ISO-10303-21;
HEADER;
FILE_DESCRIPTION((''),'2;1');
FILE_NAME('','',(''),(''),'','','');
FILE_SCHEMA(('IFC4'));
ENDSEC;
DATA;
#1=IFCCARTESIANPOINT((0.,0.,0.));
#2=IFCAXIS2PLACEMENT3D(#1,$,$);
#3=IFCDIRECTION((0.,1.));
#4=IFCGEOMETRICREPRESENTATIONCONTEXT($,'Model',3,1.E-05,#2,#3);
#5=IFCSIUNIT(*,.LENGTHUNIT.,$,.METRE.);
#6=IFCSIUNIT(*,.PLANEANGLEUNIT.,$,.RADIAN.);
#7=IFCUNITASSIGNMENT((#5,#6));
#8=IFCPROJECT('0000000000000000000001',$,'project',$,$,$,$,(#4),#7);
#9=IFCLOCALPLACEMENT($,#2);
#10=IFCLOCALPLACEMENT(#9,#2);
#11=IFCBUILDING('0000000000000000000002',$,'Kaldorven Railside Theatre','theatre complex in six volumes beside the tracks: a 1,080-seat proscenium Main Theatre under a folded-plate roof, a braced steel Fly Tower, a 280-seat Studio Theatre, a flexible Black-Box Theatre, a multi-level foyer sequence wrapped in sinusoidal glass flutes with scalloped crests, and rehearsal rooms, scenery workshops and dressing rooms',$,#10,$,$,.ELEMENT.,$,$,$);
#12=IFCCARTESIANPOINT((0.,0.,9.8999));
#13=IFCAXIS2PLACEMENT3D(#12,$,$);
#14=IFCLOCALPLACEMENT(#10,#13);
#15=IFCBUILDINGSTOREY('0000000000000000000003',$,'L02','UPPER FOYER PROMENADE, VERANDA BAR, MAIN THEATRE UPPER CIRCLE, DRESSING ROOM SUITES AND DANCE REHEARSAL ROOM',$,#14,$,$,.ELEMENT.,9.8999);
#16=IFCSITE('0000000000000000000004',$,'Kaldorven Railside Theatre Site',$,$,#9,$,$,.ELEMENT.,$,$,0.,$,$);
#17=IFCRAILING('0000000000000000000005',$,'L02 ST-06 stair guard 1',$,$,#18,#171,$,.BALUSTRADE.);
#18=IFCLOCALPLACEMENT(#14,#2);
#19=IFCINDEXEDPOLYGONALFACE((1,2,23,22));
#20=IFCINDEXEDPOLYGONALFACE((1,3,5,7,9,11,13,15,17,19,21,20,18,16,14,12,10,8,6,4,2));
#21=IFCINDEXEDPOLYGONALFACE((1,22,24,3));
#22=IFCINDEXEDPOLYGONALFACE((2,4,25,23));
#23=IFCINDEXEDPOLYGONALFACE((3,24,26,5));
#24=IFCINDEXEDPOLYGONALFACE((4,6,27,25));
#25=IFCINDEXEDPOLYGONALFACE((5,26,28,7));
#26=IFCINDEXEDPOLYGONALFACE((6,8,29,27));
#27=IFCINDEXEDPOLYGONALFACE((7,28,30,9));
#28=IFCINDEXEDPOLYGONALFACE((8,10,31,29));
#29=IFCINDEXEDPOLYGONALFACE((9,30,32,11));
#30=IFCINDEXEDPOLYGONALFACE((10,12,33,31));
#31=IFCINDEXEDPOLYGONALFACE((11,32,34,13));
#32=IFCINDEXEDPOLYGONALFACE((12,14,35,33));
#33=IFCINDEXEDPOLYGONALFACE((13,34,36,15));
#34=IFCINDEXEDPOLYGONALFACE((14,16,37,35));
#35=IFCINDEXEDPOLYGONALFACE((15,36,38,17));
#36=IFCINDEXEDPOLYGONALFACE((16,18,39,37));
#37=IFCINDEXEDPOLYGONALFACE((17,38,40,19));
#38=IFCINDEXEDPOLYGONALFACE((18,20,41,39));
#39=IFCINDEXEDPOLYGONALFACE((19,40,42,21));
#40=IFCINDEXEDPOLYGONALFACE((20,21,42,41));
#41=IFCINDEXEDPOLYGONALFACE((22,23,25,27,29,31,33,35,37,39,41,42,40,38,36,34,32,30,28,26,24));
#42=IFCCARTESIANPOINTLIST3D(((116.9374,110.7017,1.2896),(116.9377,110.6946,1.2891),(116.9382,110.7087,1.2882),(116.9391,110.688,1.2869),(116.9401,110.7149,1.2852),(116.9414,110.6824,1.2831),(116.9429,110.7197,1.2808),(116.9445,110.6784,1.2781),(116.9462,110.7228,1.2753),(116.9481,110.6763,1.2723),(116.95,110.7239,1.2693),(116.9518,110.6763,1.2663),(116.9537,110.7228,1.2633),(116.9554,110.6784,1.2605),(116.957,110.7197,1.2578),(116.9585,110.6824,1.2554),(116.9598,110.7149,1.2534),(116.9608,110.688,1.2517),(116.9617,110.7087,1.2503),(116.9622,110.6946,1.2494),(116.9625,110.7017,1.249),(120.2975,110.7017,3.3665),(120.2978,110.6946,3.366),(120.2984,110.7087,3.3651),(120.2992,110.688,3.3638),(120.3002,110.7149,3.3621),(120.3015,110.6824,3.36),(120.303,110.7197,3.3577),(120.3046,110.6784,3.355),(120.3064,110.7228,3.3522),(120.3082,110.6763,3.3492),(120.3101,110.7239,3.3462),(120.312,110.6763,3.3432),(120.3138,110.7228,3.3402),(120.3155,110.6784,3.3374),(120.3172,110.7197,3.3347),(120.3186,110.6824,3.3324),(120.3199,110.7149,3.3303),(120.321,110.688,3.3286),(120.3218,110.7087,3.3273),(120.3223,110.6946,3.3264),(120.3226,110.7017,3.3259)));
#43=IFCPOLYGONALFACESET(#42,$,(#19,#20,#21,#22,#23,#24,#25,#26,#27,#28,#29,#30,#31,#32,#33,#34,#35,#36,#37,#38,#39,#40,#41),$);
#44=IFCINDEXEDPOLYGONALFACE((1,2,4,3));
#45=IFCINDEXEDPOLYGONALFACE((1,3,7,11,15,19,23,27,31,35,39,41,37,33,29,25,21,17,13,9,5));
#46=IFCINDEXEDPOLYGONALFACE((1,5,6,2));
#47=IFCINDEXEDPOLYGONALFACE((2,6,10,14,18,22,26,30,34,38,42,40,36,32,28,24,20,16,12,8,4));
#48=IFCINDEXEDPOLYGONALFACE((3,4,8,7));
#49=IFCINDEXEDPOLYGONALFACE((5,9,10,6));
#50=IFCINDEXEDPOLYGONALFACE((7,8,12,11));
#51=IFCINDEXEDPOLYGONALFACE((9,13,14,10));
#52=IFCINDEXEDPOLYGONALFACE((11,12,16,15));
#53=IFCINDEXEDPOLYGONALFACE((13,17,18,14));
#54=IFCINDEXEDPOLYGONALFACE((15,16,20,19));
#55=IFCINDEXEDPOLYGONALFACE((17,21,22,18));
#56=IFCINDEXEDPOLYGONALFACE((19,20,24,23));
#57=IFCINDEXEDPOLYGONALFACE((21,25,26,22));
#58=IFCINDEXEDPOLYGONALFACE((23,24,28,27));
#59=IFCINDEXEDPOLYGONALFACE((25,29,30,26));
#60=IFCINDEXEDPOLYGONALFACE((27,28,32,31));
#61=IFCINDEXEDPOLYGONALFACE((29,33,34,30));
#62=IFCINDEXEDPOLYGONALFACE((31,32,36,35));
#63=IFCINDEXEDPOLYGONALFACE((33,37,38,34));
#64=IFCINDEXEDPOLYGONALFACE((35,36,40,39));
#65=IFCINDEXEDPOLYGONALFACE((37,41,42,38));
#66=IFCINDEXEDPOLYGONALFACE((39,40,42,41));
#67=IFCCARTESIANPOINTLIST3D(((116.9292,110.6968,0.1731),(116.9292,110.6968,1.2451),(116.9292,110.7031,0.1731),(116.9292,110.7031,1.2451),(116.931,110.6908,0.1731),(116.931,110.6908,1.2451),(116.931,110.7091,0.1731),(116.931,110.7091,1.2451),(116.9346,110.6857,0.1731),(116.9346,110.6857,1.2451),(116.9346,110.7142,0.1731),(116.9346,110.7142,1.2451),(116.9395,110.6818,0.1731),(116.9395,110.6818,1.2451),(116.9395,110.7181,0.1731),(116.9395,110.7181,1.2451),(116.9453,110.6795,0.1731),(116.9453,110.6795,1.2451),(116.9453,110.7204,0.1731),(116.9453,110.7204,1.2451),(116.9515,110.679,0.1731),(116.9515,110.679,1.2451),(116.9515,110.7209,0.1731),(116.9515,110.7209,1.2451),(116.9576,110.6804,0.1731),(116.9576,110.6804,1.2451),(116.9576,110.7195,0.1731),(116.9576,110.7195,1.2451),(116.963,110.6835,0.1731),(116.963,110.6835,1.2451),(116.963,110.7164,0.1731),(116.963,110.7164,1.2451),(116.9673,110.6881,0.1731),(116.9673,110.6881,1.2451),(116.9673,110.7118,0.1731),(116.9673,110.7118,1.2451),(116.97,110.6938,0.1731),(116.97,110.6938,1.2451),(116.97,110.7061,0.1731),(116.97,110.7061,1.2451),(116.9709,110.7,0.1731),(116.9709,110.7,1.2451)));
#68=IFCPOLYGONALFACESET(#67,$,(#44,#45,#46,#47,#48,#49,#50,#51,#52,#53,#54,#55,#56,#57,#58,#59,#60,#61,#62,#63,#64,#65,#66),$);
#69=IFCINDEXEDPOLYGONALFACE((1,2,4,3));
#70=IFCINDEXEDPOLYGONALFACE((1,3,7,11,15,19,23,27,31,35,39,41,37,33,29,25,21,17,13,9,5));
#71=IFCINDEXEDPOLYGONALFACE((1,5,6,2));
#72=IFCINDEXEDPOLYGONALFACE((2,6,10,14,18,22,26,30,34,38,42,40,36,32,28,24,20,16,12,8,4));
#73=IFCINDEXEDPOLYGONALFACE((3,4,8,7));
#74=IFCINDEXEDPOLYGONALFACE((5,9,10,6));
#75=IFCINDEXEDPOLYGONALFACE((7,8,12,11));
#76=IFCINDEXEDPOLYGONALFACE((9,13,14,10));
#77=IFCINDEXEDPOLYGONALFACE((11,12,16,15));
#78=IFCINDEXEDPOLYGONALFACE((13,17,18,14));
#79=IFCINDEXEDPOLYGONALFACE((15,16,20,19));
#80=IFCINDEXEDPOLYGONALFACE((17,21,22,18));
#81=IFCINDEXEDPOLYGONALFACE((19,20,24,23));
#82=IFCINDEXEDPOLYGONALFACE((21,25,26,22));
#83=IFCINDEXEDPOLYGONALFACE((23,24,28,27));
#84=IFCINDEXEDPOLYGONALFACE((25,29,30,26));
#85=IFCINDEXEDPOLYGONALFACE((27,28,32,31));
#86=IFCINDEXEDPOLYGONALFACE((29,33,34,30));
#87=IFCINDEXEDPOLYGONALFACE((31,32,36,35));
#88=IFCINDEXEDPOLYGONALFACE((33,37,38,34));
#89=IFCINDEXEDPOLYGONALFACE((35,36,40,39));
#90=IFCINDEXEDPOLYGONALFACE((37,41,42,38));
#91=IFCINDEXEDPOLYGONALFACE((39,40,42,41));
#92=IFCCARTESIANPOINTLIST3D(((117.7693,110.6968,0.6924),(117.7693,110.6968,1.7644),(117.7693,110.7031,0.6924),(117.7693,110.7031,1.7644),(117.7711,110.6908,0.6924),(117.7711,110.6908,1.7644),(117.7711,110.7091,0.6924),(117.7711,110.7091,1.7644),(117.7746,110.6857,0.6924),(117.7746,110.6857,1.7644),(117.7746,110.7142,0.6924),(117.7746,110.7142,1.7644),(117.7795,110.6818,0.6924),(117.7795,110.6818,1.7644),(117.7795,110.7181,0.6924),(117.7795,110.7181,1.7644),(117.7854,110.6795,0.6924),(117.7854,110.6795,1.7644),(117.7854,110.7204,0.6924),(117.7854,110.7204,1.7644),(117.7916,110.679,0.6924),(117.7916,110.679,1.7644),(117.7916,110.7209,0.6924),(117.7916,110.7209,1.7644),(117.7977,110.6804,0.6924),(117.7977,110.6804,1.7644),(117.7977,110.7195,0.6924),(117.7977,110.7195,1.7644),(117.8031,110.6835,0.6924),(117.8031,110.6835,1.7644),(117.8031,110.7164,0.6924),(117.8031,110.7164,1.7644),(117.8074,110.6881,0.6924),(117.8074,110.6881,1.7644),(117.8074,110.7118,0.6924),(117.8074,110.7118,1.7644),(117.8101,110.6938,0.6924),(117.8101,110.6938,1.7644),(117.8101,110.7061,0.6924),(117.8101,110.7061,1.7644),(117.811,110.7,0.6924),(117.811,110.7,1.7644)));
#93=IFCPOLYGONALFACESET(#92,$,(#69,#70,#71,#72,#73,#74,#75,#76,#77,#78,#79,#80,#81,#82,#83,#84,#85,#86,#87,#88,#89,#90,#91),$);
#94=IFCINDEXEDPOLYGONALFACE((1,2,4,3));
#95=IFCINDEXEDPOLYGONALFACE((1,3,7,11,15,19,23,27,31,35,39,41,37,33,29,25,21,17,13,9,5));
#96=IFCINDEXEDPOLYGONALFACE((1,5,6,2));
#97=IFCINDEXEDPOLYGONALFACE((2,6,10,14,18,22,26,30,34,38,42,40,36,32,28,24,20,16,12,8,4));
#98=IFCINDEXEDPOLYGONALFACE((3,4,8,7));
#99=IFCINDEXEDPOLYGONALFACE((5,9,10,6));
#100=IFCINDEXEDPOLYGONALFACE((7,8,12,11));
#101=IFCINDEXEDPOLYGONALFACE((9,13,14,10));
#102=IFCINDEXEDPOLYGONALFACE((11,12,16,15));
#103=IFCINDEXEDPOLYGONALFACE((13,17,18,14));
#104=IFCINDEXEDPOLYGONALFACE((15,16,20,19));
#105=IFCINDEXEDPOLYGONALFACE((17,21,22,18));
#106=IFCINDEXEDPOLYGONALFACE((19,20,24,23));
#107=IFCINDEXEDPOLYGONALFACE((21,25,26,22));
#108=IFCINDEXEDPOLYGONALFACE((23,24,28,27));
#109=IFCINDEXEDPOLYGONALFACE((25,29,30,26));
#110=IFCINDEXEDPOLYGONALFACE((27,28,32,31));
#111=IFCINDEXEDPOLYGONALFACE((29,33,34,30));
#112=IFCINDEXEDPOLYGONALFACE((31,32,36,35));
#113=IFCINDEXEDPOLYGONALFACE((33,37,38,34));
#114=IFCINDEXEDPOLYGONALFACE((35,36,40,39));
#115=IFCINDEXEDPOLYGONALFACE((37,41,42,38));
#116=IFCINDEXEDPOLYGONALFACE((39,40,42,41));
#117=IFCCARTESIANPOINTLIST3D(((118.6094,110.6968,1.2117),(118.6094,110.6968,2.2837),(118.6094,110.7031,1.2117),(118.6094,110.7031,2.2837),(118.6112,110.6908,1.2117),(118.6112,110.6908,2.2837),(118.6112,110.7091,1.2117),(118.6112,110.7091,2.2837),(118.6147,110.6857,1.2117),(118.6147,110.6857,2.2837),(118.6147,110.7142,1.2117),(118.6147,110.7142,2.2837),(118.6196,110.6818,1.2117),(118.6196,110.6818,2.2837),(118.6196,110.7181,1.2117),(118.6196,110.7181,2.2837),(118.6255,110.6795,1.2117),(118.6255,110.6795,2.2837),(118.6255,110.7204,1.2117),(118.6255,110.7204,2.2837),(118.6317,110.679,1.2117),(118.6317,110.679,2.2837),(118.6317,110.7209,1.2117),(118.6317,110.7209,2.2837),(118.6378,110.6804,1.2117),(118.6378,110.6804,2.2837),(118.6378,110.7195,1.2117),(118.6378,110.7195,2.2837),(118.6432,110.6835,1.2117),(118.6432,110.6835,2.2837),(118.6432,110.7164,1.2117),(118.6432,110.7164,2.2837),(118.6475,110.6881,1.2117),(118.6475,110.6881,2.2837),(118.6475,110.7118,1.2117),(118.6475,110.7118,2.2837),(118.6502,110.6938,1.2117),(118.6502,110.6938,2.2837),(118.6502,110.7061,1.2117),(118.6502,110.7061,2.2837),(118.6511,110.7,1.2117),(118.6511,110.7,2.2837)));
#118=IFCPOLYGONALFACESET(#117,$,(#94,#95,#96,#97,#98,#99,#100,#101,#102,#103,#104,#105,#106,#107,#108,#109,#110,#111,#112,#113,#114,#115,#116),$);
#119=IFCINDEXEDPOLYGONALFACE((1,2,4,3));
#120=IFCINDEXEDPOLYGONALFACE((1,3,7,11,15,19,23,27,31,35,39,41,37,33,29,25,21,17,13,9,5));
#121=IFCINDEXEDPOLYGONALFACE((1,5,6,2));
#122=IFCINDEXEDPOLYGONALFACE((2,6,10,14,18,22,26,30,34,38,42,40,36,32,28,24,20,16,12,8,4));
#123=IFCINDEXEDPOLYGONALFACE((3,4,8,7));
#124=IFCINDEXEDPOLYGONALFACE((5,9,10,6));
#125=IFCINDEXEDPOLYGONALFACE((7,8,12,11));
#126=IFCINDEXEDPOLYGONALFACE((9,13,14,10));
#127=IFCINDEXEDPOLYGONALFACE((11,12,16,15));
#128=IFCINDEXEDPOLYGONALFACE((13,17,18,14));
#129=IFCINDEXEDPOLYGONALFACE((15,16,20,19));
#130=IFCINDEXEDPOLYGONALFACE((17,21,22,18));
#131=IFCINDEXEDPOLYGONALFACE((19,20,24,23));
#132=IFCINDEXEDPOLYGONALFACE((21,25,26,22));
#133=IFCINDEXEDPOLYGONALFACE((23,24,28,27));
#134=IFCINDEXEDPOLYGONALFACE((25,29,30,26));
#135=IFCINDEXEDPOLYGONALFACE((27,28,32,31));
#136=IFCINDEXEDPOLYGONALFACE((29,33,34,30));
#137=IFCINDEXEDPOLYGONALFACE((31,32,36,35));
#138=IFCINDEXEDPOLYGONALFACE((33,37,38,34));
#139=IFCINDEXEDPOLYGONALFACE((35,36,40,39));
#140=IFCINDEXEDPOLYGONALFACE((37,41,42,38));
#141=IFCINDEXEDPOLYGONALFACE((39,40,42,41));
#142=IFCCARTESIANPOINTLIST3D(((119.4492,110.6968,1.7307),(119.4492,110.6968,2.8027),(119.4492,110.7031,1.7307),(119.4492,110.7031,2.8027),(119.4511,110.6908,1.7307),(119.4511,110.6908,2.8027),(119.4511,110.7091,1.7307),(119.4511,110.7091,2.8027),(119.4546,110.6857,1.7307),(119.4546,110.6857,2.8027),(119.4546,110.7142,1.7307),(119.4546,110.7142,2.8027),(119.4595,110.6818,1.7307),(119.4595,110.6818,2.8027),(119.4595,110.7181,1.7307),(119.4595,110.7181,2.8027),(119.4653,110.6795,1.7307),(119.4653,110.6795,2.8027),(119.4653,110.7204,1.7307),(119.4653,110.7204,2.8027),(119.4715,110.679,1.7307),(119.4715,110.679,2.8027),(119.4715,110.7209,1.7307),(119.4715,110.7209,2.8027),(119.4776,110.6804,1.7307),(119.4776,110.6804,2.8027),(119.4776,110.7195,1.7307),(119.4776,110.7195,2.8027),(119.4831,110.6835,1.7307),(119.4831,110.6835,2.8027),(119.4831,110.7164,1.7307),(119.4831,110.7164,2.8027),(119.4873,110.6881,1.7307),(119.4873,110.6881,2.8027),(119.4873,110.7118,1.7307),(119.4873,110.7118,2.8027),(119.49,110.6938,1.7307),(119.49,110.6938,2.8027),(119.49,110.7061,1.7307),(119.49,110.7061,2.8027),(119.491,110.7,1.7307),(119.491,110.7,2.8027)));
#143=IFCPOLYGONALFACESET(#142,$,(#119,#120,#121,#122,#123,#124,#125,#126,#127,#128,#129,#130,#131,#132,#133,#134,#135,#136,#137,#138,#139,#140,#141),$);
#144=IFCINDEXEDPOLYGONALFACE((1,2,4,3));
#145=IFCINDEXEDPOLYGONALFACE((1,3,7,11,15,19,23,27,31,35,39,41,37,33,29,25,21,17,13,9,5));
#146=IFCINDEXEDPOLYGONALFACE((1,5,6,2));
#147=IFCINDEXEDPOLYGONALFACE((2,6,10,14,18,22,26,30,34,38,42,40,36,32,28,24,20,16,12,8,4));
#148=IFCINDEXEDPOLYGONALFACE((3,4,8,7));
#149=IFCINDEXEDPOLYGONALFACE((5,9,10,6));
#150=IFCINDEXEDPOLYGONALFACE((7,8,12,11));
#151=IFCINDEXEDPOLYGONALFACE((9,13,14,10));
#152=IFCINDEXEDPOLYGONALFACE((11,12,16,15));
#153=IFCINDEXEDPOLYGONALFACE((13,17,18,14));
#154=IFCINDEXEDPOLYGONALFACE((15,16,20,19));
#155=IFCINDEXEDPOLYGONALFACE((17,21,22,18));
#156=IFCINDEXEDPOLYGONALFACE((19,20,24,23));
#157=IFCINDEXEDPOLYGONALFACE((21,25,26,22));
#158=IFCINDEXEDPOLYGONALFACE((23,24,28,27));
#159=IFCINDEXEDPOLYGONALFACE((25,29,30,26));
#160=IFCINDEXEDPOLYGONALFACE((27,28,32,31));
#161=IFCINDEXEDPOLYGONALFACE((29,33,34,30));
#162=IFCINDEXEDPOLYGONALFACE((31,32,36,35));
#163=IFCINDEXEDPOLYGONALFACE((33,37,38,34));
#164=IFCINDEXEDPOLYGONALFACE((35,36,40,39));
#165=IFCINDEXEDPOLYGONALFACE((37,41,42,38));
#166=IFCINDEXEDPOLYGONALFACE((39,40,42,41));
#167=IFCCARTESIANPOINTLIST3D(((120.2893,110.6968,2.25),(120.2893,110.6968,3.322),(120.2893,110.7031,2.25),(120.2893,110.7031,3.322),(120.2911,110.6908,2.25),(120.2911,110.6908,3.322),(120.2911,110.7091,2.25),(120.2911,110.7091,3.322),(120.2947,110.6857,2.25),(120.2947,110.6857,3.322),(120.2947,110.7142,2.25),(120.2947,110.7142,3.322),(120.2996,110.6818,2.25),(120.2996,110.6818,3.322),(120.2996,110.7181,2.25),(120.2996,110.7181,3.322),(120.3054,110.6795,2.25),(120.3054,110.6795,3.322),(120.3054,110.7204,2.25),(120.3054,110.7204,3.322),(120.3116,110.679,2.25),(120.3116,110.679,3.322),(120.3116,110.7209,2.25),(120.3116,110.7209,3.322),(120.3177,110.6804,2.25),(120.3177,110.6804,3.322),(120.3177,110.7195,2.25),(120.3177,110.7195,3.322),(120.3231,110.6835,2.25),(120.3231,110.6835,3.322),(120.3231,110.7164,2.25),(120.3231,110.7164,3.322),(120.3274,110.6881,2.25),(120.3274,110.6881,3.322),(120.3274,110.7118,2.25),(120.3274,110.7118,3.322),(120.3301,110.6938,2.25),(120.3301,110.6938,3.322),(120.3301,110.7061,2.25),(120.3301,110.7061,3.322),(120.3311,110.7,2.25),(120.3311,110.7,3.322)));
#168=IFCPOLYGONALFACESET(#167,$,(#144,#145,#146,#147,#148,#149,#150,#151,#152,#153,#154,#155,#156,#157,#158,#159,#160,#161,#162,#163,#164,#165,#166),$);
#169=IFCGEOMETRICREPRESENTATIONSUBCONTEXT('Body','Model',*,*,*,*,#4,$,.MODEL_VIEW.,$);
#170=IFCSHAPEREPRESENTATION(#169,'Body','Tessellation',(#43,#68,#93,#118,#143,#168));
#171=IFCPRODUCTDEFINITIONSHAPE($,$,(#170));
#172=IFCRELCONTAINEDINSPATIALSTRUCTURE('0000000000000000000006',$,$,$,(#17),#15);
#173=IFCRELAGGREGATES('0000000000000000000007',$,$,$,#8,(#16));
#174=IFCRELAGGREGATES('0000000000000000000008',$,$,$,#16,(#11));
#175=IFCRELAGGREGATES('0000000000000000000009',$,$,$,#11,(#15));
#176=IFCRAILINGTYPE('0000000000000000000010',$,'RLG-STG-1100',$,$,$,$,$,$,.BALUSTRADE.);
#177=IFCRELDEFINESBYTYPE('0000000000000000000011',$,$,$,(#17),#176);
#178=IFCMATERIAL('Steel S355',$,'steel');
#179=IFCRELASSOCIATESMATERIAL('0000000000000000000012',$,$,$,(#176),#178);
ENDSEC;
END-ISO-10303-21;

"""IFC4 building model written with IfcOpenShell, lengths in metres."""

from ifc_helpers import new_model, si_unit, direction, frame, origin, origin_2d, place, context, subcontext, project, spatial, circle, extrude, material, type_object, element, save


model = new_model("IFC4")

# Units and contexts
model_context = context("Model", 3, precision=1e-05, world=origin(), true_north=direction((0.0, 1.0)))
body_context = subcontext(model_context, "Body", "Model", "MODEL_VIEW")
ifc_project = project(units=[si_unit("LENGTHUNIT", "METRE"), si_unit("PLANEANGLEUNIT", "RADIAN")], contexts=[model_context])

# Site, building, storey
site_placement = place(None, origin())
site = spatial("IfcSite", under=ifc_project, at=site_placement, Name="Kaldorven Railside Theatre Site", CompositionType="ELEMENT", RefElevation=0.0)
building_placement = place(site_placement, origin())
building = spatial("IfcBuilding", under=site, at=building_placement, Name="Kaldorven Railside Theatre", Description="theatre complex in six volumes beside the tracks: a 1,080-seat proscenium Main Theatre under a folded-plate roof, a braced steel Fly Tower, a 280-seat Studio Theatre, a flexible Black-Box Theatre, a multi-level foyer sequence wrapped in sinusoidal glass flutes with scalloped crests, and rehearsal rooms, scenery workshops and dressing rooms", CompositionType="ELEMENT")
storey_placement = place(building_placement, frame((0.0, 0.0, 9.8999)))
storey = spatial("IfcBuildingStorey", under=building, at=storey_placement, Name="L02", Description="UPPER FOYER PROMENADE, VERANDA BAR, MAIN THEATRE UPPER CIRCLE, DRESSING ROOM SUITES AND DANCE REHEARSAL ROOM", CompositionType="ELEMENT", Elevation=9.8999)

# Shared definitions
ifc_material_1 = material(Name="Steel S355", Category="steel")

# Railing
railing_type_1 = type_object("IfcRailingType", Name="RLG-STG-1100", PredefinedType="BALUSTRADE", material=ifc_material_1)
railing_1_placement = place(storey_placement, frame((116.95, 110.7, 0.1731)))
element("IfcRailing", 1, at=railing_1_placement, inside=storey, type_object=railing_type_1, Name="L02 ST-06 stair guard 1", PredefinedType="BALUSTRADE", context=body_context, shape_type="SweptSolid", body=[
    extrude(circle(Radius=0.0239, at=origin_2d()), frame((0.0, 0.0, 1.0962), z_axis=(0.850623, 0.0, 0.525776), x_axis=(0.0, 1.0, 0.0)), (0.0, 0.0, 1.0), 3.9502),
    extrude(circle(Radius=0.021, at=origin_2d()), origin(), (0.0, 0.0, 1.0), 1.072),
    extrude(circle(Radius=0.021, at=origin_2d()), frame((0.8401, 0.0, 0.5193)), (0.0, 0.0, 1.0), 1.072),
    extrude(circle(Radius=0.021, at=origin_2d()), frame((1.6802, 0.0, 1.0386)), (0.0, 0.0, 1.0), 1.072),
    extrude(circle(Radius=0.021, at=origin_2d()), frame((2.52, 0.0, 1.5576)), (0.0, 0.0, 1.0), 1.072),
    extrude(circle(Radius=0.021, at=origin_2d()), frame((3.3601, 0.0, 2.0769)), (0.0, 0.0, 1.0), 1.072),
])

save(model, "model.ifc")
